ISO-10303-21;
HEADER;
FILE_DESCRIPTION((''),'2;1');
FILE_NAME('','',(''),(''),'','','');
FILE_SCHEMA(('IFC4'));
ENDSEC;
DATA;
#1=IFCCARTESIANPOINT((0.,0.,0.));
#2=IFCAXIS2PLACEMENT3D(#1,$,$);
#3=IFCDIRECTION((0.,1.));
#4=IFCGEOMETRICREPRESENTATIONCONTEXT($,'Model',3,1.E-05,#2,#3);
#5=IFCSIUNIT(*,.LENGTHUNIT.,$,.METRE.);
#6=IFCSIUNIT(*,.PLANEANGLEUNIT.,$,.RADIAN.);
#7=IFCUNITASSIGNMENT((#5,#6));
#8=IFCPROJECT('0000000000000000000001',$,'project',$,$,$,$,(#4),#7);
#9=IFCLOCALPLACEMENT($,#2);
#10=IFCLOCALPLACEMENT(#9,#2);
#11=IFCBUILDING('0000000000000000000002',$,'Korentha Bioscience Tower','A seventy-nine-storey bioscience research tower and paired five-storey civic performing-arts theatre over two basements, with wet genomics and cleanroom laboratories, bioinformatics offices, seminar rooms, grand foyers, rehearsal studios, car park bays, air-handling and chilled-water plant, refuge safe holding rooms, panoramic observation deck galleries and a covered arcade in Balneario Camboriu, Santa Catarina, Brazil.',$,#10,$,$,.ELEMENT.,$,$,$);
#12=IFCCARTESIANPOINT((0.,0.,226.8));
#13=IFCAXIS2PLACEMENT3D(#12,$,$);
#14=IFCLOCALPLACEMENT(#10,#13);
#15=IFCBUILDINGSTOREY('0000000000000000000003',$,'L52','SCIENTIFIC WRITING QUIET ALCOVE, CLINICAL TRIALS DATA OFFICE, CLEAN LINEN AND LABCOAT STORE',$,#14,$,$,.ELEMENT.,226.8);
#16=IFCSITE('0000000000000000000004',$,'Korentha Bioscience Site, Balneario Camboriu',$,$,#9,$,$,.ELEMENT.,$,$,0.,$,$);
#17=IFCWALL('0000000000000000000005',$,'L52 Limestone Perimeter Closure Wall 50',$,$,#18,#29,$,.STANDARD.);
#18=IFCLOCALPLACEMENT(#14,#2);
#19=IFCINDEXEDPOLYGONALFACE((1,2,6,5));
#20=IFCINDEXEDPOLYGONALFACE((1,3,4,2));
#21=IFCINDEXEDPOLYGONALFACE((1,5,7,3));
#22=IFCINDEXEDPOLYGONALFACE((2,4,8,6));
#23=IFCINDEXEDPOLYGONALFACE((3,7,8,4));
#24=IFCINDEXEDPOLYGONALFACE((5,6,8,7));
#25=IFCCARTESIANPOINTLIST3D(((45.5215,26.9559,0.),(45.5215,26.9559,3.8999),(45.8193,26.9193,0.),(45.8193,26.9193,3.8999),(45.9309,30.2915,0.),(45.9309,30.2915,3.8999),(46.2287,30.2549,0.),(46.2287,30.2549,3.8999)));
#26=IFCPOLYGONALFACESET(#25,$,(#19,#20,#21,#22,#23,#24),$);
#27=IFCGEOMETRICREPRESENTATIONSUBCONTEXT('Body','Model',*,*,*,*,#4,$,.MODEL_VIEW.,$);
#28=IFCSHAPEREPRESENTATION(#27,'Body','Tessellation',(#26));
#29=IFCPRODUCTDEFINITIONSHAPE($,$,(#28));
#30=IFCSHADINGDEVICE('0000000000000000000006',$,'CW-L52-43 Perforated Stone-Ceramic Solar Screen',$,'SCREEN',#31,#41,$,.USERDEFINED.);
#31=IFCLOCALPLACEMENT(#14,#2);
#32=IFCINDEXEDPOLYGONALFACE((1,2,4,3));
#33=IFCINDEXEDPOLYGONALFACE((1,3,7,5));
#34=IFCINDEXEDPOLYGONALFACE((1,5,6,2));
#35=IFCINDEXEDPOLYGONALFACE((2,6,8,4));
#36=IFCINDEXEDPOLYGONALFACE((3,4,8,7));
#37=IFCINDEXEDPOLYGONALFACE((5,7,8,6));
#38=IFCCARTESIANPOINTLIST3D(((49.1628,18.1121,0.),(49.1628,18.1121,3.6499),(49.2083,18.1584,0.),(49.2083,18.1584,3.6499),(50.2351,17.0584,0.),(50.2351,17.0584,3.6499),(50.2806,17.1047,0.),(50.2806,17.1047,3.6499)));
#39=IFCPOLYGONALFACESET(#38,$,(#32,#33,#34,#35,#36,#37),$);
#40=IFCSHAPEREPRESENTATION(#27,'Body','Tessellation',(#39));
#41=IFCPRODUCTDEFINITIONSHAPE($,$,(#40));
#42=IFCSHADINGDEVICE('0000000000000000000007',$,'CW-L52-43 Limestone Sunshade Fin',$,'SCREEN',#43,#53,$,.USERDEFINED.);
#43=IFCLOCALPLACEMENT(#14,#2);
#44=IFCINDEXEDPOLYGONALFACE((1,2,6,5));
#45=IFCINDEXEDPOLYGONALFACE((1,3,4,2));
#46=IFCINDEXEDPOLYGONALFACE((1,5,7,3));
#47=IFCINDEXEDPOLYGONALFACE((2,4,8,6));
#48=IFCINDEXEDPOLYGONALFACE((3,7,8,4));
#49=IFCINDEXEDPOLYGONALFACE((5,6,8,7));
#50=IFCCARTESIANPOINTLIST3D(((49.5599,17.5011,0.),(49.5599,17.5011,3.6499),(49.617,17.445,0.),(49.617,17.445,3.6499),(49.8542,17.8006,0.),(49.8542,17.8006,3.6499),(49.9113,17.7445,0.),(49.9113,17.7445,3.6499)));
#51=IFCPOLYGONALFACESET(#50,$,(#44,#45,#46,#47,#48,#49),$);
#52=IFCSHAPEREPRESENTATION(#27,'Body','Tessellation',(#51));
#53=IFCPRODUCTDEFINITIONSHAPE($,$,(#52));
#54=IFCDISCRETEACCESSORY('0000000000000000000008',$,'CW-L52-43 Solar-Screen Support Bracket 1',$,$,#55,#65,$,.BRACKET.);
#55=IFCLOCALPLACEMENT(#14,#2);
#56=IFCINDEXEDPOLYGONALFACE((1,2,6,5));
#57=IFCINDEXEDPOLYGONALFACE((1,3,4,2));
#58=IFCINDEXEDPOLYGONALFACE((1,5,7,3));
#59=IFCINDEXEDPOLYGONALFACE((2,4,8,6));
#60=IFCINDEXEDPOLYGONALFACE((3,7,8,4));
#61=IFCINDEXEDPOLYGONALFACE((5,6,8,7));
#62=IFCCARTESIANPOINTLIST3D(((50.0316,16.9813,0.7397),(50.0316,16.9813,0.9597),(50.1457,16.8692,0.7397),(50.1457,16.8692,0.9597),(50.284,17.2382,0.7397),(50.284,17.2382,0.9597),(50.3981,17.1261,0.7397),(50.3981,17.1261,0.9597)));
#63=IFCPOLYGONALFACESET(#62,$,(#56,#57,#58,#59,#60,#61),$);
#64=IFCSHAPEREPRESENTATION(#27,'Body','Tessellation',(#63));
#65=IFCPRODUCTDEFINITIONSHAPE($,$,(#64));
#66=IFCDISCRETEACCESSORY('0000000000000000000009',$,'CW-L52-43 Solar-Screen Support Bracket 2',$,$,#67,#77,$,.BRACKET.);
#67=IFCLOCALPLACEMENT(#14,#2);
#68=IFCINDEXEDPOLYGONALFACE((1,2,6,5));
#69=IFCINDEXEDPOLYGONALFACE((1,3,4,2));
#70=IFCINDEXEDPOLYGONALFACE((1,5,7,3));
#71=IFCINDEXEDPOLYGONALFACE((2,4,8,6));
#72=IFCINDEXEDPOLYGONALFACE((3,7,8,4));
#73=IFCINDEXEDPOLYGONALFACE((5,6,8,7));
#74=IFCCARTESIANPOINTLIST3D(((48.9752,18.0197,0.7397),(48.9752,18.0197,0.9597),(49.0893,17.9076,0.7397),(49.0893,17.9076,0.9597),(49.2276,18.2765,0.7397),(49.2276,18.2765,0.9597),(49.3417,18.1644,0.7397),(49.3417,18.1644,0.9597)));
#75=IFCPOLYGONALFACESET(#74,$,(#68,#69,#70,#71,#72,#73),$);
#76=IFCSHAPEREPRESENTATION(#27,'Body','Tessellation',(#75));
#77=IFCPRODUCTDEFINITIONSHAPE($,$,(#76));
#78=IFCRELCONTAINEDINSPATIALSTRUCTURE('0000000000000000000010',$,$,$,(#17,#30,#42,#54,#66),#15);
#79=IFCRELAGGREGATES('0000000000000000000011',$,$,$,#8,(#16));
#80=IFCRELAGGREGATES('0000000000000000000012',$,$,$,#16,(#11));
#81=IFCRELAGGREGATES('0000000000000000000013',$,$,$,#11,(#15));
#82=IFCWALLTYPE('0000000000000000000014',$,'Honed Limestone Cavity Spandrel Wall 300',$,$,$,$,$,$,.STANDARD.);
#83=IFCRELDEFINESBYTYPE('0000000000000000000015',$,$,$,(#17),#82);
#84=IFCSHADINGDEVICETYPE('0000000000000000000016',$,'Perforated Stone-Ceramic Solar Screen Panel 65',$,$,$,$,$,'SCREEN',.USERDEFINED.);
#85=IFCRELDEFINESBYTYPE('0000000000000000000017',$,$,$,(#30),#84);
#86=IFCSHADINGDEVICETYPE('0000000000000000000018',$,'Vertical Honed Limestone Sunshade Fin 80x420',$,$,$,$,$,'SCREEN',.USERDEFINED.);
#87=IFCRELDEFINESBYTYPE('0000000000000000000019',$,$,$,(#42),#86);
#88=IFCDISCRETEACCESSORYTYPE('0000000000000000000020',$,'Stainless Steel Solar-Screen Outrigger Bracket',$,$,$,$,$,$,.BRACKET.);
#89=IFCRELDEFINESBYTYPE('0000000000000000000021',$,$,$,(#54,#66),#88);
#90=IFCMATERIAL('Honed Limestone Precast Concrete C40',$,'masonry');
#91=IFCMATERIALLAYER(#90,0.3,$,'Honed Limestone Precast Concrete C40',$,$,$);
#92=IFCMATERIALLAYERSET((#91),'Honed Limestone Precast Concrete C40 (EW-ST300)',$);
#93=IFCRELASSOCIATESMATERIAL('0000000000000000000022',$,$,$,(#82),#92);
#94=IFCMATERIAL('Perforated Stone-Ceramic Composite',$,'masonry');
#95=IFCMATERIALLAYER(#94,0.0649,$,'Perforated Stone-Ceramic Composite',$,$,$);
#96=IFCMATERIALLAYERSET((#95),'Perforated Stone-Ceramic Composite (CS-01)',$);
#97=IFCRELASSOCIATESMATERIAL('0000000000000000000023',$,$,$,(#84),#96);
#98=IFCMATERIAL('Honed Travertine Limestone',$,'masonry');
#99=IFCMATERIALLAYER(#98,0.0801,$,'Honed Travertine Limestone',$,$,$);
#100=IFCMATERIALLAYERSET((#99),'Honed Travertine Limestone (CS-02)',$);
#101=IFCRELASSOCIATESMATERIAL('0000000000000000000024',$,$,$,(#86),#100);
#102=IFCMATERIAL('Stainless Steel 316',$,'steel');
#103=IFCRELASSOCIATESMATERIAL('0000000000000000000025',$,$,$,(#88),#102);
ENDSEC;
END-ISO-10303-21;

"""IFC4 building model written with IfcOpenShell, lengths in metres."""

from ifc_helpers import new_model, si_unit, direction, frame, frame_2d, origin, origin_2d, place, context, subcontext, project, spatial, rectangle, extrude, material, layer, layer_set, type_object, element, save


model = new_model("IFC4")

# Units and contexts
model_context = context("Model", 3, precision=1e-05, world=origin(), true_north=direction((0.0, 1.0)))
body_context = subcontext(model_context, "Body", "Model", "MODEL_VIEW")
ifc_project = project(units=[si_unit("LENGTHUNIT", "METRE"), si_unit("PLANEANGLEUNIT", "RADIAN")], contexts=[model_context])

# Site, building, storey
site_placement = place(None, origin())
site = spatial("IfcSite", under=ifc_project, at=site_placement, Name="Korentha Bioscience Site, Balneario Camboriu", CompositionType="ELEMENT", RefElevation=0.0)
building_placement = place(site_placement, origin())
building = spatial("IfcBuilding", under=site, at=building_placement, Name="Korentha Bioscience Tower", Description="A seventy-nine-storey bioscience research tower and paired five-storey civic performing-arts theatre over two basements, with wet genomics and cleanroom laboratories, bioinformatics offices, seminar rooms, grand foyers, rehearsal studios, car park bays, air-handling and chilled-water plant, refuge safe holding rooms, panoramic observation deck galleries and a covered arcade in Balneario Camboriu, Santa Catarina, Brazil.", CompositionType="ELEMENT")
storey_placement = place(building_placement, frame((0.0, 0.0, 226.8)))
storey = spatial("IfcBuildingStorey", under=building, at=storey_placement, Name="L52", Description="SCIENTIFIC WRITING QUIET ALCOVE, CLINICAL TRIALS DATA OFFICE, CLEAN LINEN AND LABCOAT STORE", CompositionType="ELEMENT", Elevation=226.8)

# Wall
ifc_material_1 = material(Name="Honed Limestone Precast Concrete C40", Category="masonry")
ifc_layer_1 = layer(ifc_material_1, 0.3, Name="Honed Limestone Precast Concrete C40")
ifc_layer_set_1 = layer_set([ifc_layer_1], Name="Honed Limestone Precast Concrete C40 (EW-ST300)")
wall_type_1 = type_object("IfcWallType", Name="Honed Limestone Cavity Spandrel Wall 300", PredefinedType="STANDARD", material=ifc_layer_set_1)
wall_1_placement = place(storey_placement, frame((45.6704, 26.9377, 0.0), z_axis=(0.0, 0.0, 1.0), x_axis=(0.121835, 0.99255, 0.0)))
element("IfcWall", 1, at=wall_1_placement, inside=storey, type_object=wall_type_1, Name="L52 Limestone Perimeter Closure Wall 50", PredefinedType="STANDARD", context=body_context, shape_type="SweptSolid", body=[
    extrude(rectangle(XDim=3.3606, YDim=0.3, at=frame_2d((1.6802, 0.0))), origin(), (0.0, 0.0, 1.0), 3.8999),
])

# Shading devices
ifc_material_2 = material(Name="Perforated Stone-Ceramic Composite", Category="masonry")
ifc_layer_2 = layer(ifc_material_2, 0.0649, Name="Perforated Stone-Ceramic Composite")
ifc_layer_set_2 = layer_set([ifc_layer_2], Name="Perforated Stone-Ceramic Composite (CS-01)")
shading_device_type_1 = type_object("IfcShadingDeviceType", Name="Perforated Stone-Ceramic Solar Screen Panel 65", ElementType="SCREEN", PredefinedType="USERDEFINED", material=ifc_layer_set_2)
shading_device_1_placement = place(storey_placement, frame((49.7217, 17.6084, 0.0), z_axis=(0.0, 0.0, 1.0), x_axis=(-0.713258, 0.700901, 0.0)))
element("IfcShadingDevice", 2, at=shading_device_1_placement, inside=storey, type_object=shading_device_type_1, Name="CW-L52-43 Perforated Stone-Ceramic Solar Screen", ObjectType="SCREEN", PredefinedType="USERDEFINED", context=body_context, shape_type="SweptSolid", body=[
    extrude(rectangle(XDim=1.5034, YDim=0.0649, at=origin_2d()), origin(), (0.0, 0.0, 1.0), 3.6499),
])
ifc_material_3 = material(Name="Honed Travertine Limestone", Category="masonry")
ifc_layer_3 = layer(ifc_material_3, 0.0801, Name="Honed Travertine Limestone")
ifc_layer_set_3 = layer_set([ifc_layer_3], Name="Honed Travertine Limestone (CS-02)")
shading_device_type_2 = type_object("IfcShadingDeviceType", Name="Vertical Honed Limestone Sunshade Fin 80x420", ElementType="SCREEN", PredefinedType="USERDEFINED", material=ifc_layer_set_3)
shading_device_2_placement = place(storey_placement, frame((49.7356, 17.6228, 0.0), z_axis=(0.0, 0.0, 1.0), x_axis=(-0.713258, 0.700901, 0.0)))
element("IfcShadingDevice", 3, at=shading_device_2_placement, inside=storey, type_object=shading_device_type_2, Name="CW-L52-43 Limestone Sunshade Fin", ObjectType="SCREEN", PredefinedType="USERDEFINED", context=body_context, shape_type="SweptSolid", body=[
    extrude(rectangle(XDim=0.0801, YDim=0.4199, at=origin_2d()), origin(), (0.0, 0.0, 1.0), 3.6499),
])

# Discrete accessories
ifc_material_4 = material(Name="Stainless Steel 316", Category="steel")
discrete_accessory_type = type_object("IfcDiscreteAccessoryType", Name="Stainless Steel Solar-Screen Outrigger Bracket", PredefinedType="BRACKET", material=ifc_material_4)
for number, where, z_axis, x_axis, name in (
    (4, (50.2148, 17.0537, 0.7397), (0.0, 0.0, 1.0), (-0.713258, 0.700901, 0.0), "CW-L52-43 Solar-Screen Support Bracket 1"),
    (5, (49.1584, 18.092, 0.7397), (0.0, 0.0, 1.0), (-0.713258, 0.700901, 0.0), "CW-L52-43 Solar-Screen Support Bracket 2"),
):
    element("IfcDiscreteAccessory", number, at=place(storey_placement, frame(where, z_axis=z_axis, x_axis=x_axis)), inside=storey, type_object=discrete_accessory_type, Name=name, PredefinedType="BRACKET", context=body_context, shape_type="SweptSolid", body=[
        extrude(rectangle(XDim=0.1599, YDim=0.3601, at=origin_2d()), origin(), (0.0, 0.0, 1.0), 0.22),
    ])

save(model, "model.ifc")
